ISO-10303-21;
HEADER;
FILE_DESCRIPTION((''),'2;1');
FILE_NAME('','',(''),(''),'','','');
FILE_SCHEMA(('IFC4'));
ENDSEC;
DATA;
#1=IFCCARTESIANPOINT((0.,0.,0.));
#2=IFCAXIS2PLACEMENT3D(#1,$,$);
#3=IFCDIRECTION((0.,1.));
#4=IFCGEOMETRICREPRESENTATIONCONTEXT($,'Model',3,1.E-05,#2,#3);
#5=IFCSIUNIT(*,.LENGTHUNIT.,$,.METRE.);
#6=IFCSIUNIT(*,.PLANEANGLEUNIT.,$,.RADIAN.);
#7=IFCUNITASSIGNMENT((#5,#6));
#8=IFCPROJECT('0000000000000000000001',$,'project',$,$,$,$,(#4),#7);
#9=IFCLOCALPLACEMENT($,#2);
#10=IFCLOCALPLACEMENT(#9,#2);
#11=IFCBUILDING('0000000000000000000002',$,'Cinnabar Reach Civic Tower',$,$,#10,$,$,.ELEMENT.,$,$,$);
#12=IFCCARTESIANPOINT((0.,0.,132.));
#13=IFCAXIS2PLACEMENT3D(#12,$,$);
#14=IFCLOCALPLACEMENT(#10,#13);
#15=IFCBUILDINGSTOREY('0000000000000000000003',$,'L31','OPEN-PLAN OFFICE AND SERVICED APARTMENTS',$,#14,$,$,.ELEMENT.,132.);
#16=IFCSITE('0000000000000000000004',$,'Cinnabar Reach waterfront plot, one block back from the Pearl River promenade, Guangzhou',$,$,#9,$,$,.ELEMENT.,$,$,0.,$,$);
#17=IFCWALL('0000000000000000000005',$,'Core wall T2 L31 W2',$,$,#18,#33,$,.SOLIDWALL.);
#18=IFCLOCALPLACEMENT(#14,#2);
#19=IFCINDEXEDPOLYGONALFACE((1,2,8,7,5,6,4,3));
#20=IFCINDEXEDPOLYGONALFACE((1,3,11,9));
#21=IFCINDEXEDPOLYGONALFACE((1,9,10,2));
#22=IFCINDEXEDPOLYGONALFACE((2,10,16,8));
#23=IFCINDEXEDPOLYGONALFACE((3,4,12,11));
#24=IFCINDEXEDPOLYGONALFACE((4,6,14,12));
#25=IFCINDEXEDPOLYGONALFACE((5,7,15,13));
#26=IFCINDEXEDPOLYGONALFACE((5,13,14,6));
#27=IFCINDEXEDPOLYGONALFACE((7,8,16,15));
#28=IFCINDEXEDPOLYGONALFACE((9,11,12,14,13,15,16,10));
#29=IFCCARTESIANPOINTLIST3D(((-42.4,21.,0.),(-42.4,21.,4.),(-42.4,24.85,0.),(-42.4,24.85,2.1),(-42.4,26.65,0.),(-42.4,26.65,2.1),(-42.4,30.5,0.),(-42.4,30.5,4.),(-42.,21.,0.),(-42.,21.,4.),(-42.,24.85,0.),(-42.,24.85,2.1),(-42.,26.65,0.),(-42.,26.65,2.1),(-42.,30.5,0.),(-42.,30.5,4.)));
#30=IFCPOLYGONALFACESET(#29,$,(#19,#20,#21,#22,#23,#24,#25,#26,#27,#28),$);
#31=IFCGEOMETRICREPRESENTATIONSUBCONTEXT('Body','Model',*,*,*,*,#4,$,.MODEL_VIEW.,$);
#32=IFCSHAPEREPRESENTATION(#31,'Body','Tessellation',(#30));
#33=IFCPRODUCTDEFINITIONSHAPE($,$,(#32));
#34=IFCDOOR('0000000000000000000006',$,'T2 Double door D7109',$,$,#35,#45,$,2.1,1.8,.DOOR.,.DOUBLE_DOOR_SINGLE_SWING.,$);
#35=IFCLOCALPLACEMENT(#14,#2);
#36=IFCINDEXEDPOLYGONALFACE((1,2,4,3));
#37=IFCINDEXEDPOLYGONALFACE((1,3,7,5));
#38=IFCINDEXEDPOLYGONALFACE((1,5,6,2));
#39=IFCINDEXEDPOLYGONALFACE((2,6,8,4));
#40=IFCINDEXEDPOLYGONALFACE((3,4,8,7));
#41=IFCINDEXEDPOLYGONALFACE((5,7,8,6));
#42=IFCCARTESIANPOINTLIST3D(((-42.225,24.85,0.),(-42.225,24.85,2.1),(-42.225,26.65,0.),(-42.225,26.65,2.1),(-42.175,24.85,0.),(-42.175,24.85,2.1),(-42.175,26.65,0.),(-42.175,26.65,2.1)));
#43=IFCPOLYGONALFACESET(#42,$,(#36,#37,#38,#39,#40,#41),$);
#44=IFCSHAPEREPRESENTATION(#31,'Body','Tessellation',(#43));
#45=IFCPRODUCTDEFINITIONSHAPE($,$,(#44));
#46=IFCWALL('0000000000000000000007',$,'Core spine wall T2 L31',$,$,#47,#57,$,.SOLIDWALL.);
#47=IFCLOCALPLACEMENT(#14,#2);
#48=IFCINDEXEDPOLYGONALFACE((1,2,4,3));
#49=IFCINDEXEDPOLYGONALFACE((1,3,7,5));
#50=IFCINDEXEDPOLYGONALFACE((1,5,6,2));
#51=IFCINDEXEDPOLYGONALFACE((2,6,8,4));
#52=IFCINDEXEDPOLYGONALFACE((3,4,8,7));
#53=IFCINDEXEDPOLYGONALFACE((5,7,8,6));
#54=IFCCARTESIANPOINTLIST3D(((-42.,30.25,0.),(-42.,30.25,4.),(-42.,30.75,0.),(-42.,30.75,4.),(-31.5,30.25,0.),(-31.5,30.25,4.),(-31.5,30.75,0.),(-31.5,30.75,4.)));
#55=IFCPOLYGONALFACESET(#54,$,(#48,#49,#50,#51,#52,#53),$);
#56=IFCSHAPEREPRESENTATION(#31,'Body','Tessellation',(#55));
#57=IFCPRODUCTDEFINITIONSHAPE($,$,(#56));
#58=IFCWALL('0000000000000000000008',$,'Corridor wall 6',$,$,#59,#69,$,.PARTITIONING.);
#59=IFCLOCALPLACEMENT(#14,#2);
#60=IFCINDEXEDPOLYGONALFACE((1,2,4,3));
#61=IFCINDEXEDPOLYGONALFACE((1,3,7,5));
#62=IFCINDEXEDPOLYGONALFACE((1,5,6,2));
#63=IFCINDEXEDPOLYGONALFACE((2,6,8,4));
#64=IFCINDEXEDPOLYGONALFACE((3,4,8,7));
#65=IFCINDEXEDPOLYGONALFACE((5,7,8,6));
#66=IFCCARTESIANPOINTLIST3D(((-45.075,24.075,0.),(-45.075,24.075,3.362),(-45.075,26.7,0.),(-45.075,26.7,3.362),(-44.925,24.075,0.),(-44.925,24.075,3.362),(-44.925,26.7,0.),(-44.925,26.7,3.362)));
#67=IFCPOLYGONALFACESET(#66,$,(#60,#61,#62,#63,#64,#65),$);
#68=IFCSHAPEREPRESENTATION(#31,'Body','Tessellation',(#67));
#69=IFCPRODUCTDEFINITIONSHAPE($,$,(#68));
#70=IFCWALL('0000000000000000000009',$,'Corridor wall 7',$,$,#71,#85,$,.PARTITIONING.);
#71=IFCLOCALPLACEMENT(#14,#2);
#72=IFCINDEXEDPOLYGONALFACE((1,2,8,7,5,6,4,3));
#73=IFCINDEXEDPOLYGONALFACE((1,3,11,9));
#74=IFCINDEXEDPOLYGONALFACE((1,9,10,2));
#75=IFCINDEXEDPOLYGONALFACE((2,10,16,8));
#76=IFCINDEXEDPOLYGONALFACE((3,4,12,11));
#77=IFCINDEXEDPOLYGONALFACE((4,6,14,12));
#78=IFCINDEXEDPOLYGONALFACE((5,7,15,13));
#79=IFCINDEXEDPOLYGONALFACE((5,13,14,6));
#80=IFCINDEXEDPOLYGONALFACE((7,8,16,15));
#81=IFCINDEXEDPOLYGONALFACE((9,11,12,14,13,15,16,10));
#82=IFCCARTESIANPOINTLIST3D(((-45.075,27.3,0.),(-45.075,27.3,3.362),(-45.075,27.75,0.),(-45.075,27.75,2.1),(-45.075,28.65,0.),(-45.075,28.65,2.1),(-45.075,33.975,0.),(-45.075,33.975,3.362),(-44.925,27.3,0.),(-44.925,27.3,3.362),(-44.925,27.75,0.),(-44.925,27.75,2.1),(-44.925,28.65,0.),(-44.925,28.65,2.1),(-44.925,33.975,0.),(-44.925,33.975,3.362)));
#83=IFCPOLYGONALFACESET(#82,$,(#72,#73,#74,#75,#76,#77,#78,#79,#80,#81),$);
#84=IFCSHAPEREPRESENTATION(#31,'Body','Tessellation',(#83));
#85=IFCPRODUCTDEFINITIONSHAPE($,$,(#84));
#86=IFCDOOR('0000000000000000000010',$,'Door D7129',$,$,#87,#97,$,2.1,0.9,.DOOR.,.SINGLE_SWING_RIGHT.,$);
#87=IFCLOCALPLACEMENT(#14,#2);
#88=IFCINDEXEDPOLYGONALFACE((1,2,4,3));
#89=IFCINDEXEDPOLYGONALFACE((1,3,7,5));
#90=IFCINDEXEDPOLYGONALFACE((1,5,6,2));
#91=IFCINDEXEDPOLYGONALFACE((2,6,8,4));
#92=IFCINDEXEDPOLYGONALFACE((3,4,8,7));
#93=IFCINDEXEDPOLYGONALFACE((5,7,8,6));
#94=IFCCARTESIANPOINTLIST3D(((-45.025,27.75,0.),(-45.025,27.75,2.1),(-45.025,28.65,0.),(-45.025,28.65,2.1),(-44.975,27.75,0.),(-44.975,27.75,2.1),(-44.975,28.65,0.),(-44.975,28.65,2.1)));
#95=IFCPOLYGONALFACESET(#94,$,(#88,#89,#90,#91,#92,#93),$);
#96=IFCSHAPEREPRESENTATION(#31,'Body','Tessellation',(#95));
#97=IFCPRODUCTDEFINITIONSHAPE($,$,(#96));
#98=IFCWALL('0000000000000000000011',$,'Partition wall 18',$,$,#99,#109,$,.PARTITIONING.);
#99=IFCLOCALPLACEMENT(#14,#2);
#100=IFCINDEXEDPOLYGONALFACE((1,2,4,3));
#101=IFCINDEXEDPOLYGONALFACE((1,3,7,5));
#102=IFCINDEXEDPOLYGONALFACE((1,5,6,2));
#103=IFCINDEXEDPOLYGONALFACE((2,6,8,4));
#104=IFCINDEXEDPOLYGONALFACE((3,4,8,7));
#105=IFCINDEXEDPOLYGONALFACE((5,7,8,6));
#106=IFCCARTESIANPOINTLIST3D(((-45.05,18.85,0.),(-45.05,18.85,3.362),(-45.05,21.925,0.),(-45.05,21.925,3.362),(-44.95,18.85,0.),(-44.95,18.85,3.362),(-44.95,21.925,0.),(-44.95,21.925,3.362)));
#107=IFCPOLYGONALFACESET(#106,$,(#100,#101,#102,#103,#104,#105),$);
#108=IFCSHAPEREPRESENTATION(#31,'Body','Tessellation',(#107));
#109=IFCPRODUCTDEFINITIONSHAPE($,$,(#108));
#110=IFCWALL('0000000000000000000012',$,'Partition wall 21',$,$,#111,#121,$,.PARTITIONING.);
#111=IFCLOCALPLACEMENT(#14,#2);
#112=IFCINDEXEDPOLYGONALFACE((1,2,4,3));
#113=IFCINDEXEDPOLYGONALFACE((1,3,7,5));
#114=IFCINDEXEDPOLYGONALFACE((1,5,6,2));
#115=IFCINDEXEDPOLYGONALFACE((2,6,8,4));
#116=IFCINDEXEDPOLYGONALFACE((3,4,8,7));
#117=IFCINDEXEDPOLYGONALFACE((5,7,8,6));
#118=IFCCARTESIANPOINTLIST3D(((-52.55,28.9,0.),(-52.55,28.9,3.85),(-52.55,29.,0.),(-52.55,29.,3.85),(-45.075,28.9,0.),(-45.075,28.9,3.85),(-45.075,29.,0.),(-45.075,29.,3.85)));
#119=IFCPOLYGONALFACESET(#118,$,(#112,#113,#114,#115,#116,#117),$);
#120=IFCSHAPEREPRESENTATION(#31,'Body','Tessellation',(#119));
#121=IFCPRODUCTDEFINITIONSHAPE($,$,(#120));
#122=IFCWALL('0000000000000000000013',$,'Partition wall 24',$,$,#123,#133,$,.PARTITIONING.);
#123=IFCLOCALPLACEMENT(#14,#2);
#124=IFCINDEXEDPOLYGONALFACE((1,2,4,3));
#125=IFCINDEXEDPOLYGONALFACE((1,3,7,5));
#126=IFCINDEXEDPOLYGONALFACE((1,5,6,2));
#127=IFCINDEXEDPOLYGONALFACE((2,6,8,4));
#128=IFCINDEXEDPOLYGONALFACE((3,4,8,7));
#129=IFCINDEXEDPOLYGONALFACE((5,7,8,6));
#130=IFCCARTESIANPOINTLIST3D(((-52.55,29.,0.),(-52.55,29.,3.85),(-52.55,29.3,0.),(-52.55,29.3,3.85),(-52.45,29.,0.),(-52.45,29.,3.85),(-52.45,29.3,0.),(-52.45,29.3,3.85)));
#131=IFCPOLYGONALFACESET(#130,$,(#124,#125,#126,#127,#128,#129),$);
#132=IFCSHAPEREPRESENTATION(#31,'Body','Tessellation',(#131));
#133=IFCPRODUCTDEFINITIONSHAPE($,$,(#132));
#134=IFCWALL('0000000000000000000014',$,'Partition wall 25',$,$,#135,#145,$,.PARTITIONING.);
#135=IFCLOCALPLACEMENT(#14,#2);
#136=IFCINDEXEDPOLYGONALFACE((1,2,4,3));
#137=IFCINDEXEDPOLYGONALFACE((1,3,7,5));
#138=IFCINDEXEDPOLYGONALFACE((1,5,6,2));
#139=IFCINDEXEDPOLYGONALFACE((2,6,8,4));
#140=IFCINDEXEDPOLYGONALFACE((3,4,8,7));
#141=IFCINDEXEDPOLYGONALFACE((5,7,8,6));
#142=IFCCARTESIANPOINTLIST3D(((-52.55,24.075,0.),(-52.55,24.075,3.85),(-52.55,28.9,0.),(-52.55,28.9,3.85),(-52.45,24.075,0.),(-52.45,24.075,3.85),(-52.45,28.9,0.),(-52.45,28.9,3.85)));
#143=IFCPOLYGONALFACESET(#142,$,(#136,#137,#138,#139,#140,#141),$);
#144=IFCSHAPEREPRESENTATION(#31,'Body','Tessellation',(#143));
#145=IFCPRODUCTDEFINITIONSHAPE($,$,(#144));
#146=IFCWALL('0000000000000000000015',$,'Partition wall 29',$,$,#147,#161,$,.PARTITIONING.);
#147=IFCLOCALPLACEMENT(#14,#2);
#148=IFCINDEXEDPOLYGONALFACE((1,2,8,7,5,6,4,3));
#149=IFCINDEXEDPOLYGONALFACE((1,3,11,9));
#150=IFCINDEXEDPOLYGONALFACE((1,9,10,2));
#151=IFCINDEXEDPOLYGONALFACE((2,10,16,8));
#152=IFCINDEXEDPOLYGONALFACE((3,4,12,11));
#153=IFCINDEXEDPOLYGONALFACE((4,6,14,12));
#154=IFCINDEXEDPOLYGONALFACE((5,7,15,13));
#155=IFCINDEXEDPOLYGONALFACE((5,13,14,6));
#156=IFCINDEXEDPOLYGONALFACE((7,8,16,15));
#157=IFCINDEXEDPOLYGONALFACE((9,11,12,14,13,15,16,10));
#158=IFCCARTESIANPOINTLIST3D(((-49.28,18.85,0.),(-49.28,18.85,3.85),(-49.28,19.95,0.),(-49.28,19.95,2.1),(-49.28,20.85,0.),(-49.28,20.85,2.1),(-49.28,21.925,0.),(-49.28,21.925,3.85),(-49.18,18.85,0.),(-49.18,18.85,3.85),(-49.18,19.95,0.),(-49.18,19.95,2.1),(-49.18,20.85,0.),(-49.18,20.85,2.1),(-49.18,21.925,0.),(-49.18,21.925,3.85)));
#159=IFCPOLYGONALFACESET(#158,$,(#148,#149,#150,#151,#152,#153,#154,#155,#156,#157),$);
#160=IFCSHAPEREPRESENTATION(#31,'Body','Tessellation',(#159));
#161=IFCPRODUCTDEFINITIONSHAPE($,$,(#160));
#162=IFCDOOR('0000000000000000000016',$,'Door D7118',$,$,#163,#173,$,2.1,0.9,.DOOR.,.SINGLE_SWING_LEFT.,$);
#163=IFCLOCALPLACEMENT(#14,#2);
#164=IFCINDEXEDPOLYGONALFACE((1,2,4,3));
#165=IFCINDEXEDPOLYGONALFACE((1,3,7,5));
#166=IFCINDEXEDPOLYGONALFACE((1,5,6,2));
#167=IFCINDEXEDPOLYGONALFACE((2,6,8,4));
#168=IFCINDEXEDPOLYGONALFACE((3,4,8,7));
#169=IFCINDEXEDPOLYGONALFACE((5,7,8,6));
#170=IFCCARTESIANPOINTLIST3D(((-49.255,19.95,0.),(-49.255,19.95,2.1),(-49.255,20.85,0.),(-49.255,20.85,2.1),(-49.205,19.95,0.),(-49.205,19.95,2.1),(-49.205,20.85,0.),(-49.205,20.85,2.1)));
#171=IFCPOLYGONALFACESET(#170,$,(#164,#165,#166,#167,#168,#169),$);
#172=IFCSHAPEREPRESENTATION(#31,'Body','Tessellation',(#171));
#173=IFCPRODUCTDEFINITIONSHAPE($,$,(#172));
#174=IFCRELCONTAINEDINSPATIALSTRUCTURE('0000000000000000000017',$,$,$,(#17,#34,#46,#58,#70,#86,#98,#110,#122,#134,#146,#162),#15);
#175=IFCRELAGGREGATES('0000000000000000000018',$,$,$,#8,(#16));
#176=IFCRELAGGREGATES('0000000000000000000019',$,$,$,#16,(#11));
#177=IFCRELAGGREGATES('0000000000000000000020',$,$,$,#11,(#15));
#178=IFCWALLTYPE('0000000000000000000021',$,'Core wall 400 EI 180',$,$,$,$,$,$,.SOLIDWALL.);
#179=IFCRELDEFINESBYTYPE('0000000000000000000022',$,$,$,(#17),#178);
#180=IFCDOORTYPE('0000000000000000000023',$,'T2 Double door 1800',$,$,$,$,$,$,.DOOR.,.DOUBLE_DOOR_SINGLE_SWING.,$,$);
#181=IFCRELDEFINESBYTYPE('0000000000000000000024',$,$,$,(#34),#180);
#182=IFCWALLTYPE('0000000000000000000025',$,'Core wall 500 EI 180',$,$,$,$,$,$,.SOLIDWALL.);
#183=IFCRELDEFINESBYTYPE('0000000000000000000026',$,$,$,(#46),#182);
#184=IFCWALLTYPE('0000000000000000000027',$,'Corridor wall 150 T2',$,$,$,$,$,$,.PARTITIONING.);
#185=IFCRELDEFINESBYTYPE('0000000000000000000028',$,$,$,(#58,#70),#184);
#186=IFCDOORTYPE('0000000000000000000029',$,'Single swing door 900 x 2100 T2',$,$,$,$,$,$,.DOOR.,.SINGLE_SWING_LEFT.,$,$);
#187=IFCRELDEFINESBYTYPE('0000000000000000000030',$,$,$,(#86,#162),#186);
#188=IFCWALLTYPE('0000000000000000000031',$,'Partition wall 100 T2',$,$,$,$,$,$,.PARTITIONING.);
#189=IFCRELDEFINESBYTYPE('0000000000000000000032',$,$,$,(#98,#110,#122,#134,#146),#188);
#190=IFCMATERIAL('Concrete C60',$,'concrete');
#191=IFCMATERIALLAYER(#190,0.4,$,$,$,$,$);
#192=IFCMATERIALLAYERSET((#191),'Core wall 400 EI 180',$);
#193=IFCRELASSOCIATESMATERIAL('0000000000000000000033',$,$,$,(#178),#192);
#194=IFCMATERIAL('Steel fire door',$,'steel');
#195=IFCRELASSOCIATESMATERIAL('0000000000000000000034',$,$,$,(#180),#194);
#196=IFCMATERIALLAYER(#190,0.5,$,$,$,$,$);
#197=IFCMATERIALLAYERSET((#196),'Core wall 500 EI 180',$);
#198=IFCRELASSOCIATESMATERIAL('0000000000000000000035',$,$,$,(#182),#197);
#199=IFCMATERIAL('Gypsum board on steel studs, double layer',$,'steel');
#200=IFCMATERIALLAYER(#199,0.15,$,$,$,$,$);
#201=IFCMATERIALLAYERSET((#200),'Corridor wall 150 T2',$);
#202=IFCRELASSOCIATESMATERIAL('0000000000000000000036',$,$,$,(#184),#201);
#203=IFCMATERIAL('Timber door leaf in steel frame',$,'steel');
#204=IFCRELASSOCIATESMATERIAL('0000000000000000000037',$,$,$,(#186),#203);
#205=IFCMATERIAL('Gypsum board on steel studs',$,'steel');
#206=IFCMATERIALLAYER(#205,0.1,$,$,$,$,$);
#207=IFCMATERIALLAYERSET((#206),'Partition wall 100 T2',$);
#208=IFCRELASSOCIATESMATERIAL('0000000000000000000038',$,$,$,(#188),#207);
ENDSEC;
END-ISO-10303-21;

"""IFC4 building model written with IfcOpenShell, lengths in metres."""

from ifc_helpers import new_model, si_unit, direction, frame, frame_2d, origin, place, context, subcontext, project, spatial, rectangle, extrude, material, layer, layer_set, type_object, element, fill, save


model = new_model("IFC4")

# Units and contexts
model_context = context("Model", 3, precision=1e-05, world=origin(), true_north=direction((0.0, 1.0)))
body_context = subcontext(model_context, "Body", "Model", "MODEL_VIEW")
ifc_project = project(units=[si_unit("LENGTHUNIT", "METRE"), si_unit("PLANEANGLEUNIT", "RADIAN")], contexts=[model_context])

# Site, building, storey
site_placement = place(None, origin())
site = spatial("IfcSite", under=ifc_project, at=site_placement, Name="Cinnabar Reach waterfront plot, one block back from the Pearl River promenade, Guangzhou", CompositionType="ELEMENT", RefElevation=0.0)
building_placement = place(site_placement, origin())
building = spatial("IfcBuilding", under=site, at=building_placement, Name="Cinnabar Reach Civic Tower", CompositionType="ELEMENT")
storey_placement = place(building_placement, frame((0.0, 0.0, 132.0)))
storey = spatial("IfcBuildingStorey", under=building, at=storey_placement, Name="L31", Description="OPEN-PLAN OFFICE AND SERVICED APARTMENTS", CompositionType="ELEMENT", Elevation=132.0)

# Shared definitions
ifc_material_1 = material(Name="Concrete C60", Category="concrete")

# Shared definitions
ifc_layer_1 = layer(ifc_material_1, 0.4)
ifc_layer_set_1 = layer_set([ifc_layer_1], Name="Core wall 400 EI 180")
wall_type_1 = type_object("IfcWallType", Name="Core wall 400 EI 180", PredefinedType="SOLIDWALL", material=ifc_layer_set_1)

# Wall, opening, door
wall_1_placement = place(storey_placement, frame((-42.2, 30.5, 0.0), z_axis=(0.0, 0.0, 1.0), x_axis=(0.0, -1.0, 0.0)))
wall_1 = element("IfcWall", 1, at=wall_1_placement, inside=storey, type_object=wall_type_1, Name="Core wall T2 L31 W2", PredefinedType="SOLIDWALL", context=body_context, shape_type="SweptSolid", body=[
    extrude(rectangle(XDim=9.5, YDim=0.4, at=frame_2d((4.75, 0.0))), origin(), (0.0, 0.0, 1.0), 4.0),
])
opening_1_placement = place(wall_1_placement, frame((3.85, 0.0, 0.0)))
opening_1 = element("IfcOpeningElement", 2, at=opening_1_placement, cuts=wall_1, PredefinedType="OPENING", context=body_context, shape_type="SweptSolid", body=[
    extrude(rectangle(XDim=1.8, YDim=2.1, at=frame_2d((0.9, 1.05))), frame((0.0, 0.21, 0.0), z_axis=(0.0, -1.0, 0.0), x_axis=(1.0, 0.0, 0.0)), (0.0, 0.0, 1.0), 0.42),
])
ifc_material_2 = material(Name="Steel fire door", Category="steel")
door_type_1 = type_object("IfcDoorType", Name="T2 Double door 1800", OperationType="DOUBLE_DOOR_SINGLE_SWING", PredefinedType="DOOR", material=ifc_material_2)
door_1_placement = place(opening_1_placement, origin())
door_1 = element("IfcDoor", 3, at=door_1_placement, inside=storey, type_object=door_type_1, Name="T2 Double door D7109", OperationType="DOUBLE_DOOR_SINGLE_SWING", OverallHeight=2.1, OverallWidth=1.8, PredefinedType="DOOR", context=body_context, shape_type="SweptSolid", body=[
    extrude(rectangle(XDim=1.8, YDim=2.1, at=frame_2d((0.9, 1.05))), frame((0.0, 0.025, 0.0), z_axis=(0.0, -1.0, 0.0), x_axis=(1.0, 0.0, 0.0)), (0.0, 0.0, 1.0), 0.05),
])
fill(opening_1, door_1)

# Walls
ifc_layer_2 = layer(ifc_material_1, 0.5)
ifc_layer_set_2 = layer_set([ifc_layer_2], Name="Core wall 500 EI 180")
wall_type_2 = type_object("IfcWallType", Name="Core wall 500 EI 180", PredefinedType="SOLIDWALL", material=ifc_layer_set_2)
wall_2_placement = place(storey_placement, frame((-42.0, 30.5, 0.0), z_axis=(0.0, 0.0, 1.0), x_axis=(1.0, 0.0, 0.0)))
element("IfcWall", 4, at=wall_2_placement, inside=storey, type_object=wall_type_2, Name="Core spine wall T2 L31", PredefinedType="SOLIDWALL", context=body_context, shape_type="SweptSolid", body=[
    extrude(rectangle(XDim=10.5, YDim=0.5, at=frame_2d((5.25, 0.0))), origin(), (0.0, 0.0, 1.0), 4.0),
])
ifc_material_3 = material(Name="Gypsum board on steel studs, double layer", Category="steel")
ifc_layer_3 = layer(ifc_material_3, 0.15)
ifc_layer_set_3 = layer_set([ifc_layer_3], Name="Corridor wall 150 T2")
wall_type_3 = type_object("IfcWallType", Name="Corridor wall 150 T2", PredefinedType="PARTITIONING", material=ifc_layer_set_3)
wall_3_placement = place(storey_placement, frame((-45.0, 24.075, 0.0), z_axis=(0.0, 0.0, 1.0), x_axis=(0.0, 1.0, 0.0)))
element("IfcWall", 5, at=wall_3_placement, inside=storey, type_object=wall_type_3, Name="Corridor wall 6", PredefinedType="PARTITIONING", context=body_context, shape_type="SweptSolid", body=[
    extrude(rectangle(XDim=2.625, YDim=0.15, at=frame_2d((1.3125, 0.0))), origin(), (0.0, 0.0, 1.0), 3.362),
])

# Wall, opening, door
wall_4_placement = place(storey_placement, frame((-45.0, 27.3, 0.0), z_axis=(0.0, 0.0, 1.0), x_axis=(0.0, 1.0, 0.0)))
wall_4 = element("IfcWall", 6, at=wall_4_placement, inside=storey, type_object=wall_type_3, Name="Corridor wall 7", PredefinedType="PARTITIONING", context=body_context, shape_type="SweptSolid", body=[
    extrude(rectangle(XDim=6.675, YDim=0.15, at=frame_2d((3.3375, 0.0))), origin(), (0.0, 0.0, 1.0), 3.362),
])
opening_2_placement = place(wall_4_placement, frame((0.45, 0.0, 0.0)))
opening_2 = element("IfcOpeningElement", 7, at=opening_2_placement, cuts=wall_4, PredefinedType="OPENING", context=body_context, shape_type="SweptSolid", body=[
    extrude(rectangle(XDim=0.9, YDim=2.1, at=frame_2d((0.45, 1.05))), frame((0.0, 0.085, 0.0), z_axis=(0.0, -1.0, 0.0), x_axis=(1.0, 0.0, 0.0)), (0.0, 0.0, 1.0), 0.17),
])
ifc_material_4 = material(Name="Timber door leaf in steel frame", Category="steel")
door_type_2 = type_object("IfcDoorType", Name="Single swing door 900 x 2100 T2", OperationType="SINGLE_SWING_LEFT", PredefinedType="DOOR", material=ifc_material_4)
door_2_placement = place(opening_2_placement, origin())
door_2 = element("IfcDoor", 8, at=door_2_placement, inside=storey, type_object=door_type_2, Name="Door D7129", OperationType="SINGLE_SWING_RIGHT", OverallHeight=2.1, OverallWidth=0.9, PredefinedType="DOOR", context=body_context, shape_type="SweptSolid", body=[
    extrude(rectangle(XDim=0.9, YDim=2.1, at=frame_2d((0.45, 1.05))), frame((0.0, 0.025, 0.0), z_axis=(0.0, -1.0, 0.0), x_axis=(1.0, 0.0, 0.0)), (0.0, 0.0, 1.0), 0.05),
])
fill(opening_2, door_2)

# Walls
ifc_material_5 = material(Name="Gypsum board on steel studs", Category="steel")
ifc_layer_4 = layer(ifc_material_5, 0.1)
ifc_layer_set_4 = layer_set([ifc_layer_4], Name="Partition wall 100 T2")
wall_type_4 = type_object("IfcWallType", Name="Partition wall 100 T2", PredefinedType="PARTITIONING", material=ifc_layer_set_4)
wall_5_placement = place(storey_placement, frame((-45.0, 18.85, 0.0), z_axis=(0.0, 0.0, 1.0), x_axis=(0.0, 1.0, 0.0)))
element("IfcWall", 9, at=wall_5_placement, inside=storey, type_object=wall_type_4, Name="Partition wall 18", PredefinedType="PARTITIONING", context=body_context, shape_type="SweptSolid", body=[
    extrude(rectangle(XDim=3.075, YDim=0.1, at=frame_2d((1.5375, 0.0))), origin(), (0.0, 0.0, 1.0), 3.362),
])
wall_6_placement = place(storey_placement, frame((-52.55, 28.95, 0.0), z_axis=(0.0, 0.0, 1.0), x_axis=(1.0, 0.0, 0.0)))
element("IfcWall", 10, at=wall_6_placement, inside=storey, type_object=wall_type_4, Name="Partition wall 21", PredefinedType="PARTITIONING", context=body_context, shape_type="SweptSolid", body=[
    extrude(rectangle(XDim=7.475, YDim=0.1, at=frame_2d((3.7375, 0.0))), origin(), (0.0, 0.0, 1.0), 3.85),
])
wall_7_placement = place(storey_placement, frame((-52.5, 29.0, 0.0), z_axis=(0.0, 0.0, 1.0), x_axis=(0.0, 1.0, 0.0)))
element("IfcWall", 11, at=wall_7_placement, inside=storey, type_object=wall_type_4, Name="Partition wall 24", PredefinedType="PARTITIONING", context=body_context, shape_type="SweptSolid", body=[
    extrude(rectangle(XDim=0.3, YDim=0.1, at=frame_2d((0.15, 0.0))), origin(), (0.0, 0.0, 1.0), 3.85),
])
wall_8_placement = place(storey_placement, frame((-52.5, 24.075, 0.0), z_axis=(0.0, 0.0, 1.0), x_axis=(0.0, 1.0, 0.0)))
element("IfcWall", 12, at=wall_8_placement, inside=storey, type_object=wall_type_4, Name="Partition wall 25", PredefinedType="PARTITIONING", context=body_context, shape_type="SweptSolid", body=[
    extrude(rectangle(XDim=4.825, YDim=0.1, at=frame_2d((2.4125, 0.0))), origin(), (0.0, 0.0, 1.0), 3.85),
])

# Wall, opening, door
wall_9_placement = place(storey_placement, frame((-49.23, 18.85, 0.0), z_axis=(0.0, 0.0, 1.0), x_axis=(0.0, 1.0, 0.0)))
wall_9 = element("IfcWall", 13, at=wall_9_placement, inside=storey, type_object=wall_type_4, Name="Partition wall 29", PredefinedType="PARTITIONING", context=body_context, shape_type="SweptSolid", body=[
    extrude(rectangle(XDim=3.075, YDim=0.1, at=frame_2d((1.5375, 0.0))), origin(), (0.0, 0.0, 1.0), 3.85),
])
opening_3_placement = place(wall_9_placement, frame((1.1, 0.0, 0.0)))
opening_3 = element("IfcOpeningElement", 14, at=opening_3_placement, cuts=wall_9, PredefinedType="OPENING", context=body_context, shape_type="SweptSolid", body=[
    extrude(rectangle(XDim=0.9, YDim=2.1, at=frame_2d((0.45, 1.05))), frame((0.0, 0.06, 0.0), z_axis=(0.0, -1.0, 0.0), x_axis=(1.0, 0.0, 0.0)), (0.0, 0.0, 1.0), 0.12),
])
door_3_placement = place(opening_3_placement, origin())
door_3 = element("IfcDoor", 15, at=door_3_placement, inside=storey, type_object=door_type_2, Name="Door D7118", OperationType="SINGLE_SWING_LEFT", OverallHeight=2.1, OverallWidth=0.9, PredefinedType="DOOR", context=body_context, shape_type="SweptSolid", body=[
    extrude(rectangle(XDim=0.9, YDim=2.1, at=frame_2d((0.45, 1.05))), frame((0.0, 0.025, 0.0), z_axis=(0.0, -1.0, 0.0), x_axis=(1.0, 0.0, 0.0)), (0.0, 0.0, 1.0), 0.05),
])
fill(opening_3, door_3)

save(model, "model.ifc")
